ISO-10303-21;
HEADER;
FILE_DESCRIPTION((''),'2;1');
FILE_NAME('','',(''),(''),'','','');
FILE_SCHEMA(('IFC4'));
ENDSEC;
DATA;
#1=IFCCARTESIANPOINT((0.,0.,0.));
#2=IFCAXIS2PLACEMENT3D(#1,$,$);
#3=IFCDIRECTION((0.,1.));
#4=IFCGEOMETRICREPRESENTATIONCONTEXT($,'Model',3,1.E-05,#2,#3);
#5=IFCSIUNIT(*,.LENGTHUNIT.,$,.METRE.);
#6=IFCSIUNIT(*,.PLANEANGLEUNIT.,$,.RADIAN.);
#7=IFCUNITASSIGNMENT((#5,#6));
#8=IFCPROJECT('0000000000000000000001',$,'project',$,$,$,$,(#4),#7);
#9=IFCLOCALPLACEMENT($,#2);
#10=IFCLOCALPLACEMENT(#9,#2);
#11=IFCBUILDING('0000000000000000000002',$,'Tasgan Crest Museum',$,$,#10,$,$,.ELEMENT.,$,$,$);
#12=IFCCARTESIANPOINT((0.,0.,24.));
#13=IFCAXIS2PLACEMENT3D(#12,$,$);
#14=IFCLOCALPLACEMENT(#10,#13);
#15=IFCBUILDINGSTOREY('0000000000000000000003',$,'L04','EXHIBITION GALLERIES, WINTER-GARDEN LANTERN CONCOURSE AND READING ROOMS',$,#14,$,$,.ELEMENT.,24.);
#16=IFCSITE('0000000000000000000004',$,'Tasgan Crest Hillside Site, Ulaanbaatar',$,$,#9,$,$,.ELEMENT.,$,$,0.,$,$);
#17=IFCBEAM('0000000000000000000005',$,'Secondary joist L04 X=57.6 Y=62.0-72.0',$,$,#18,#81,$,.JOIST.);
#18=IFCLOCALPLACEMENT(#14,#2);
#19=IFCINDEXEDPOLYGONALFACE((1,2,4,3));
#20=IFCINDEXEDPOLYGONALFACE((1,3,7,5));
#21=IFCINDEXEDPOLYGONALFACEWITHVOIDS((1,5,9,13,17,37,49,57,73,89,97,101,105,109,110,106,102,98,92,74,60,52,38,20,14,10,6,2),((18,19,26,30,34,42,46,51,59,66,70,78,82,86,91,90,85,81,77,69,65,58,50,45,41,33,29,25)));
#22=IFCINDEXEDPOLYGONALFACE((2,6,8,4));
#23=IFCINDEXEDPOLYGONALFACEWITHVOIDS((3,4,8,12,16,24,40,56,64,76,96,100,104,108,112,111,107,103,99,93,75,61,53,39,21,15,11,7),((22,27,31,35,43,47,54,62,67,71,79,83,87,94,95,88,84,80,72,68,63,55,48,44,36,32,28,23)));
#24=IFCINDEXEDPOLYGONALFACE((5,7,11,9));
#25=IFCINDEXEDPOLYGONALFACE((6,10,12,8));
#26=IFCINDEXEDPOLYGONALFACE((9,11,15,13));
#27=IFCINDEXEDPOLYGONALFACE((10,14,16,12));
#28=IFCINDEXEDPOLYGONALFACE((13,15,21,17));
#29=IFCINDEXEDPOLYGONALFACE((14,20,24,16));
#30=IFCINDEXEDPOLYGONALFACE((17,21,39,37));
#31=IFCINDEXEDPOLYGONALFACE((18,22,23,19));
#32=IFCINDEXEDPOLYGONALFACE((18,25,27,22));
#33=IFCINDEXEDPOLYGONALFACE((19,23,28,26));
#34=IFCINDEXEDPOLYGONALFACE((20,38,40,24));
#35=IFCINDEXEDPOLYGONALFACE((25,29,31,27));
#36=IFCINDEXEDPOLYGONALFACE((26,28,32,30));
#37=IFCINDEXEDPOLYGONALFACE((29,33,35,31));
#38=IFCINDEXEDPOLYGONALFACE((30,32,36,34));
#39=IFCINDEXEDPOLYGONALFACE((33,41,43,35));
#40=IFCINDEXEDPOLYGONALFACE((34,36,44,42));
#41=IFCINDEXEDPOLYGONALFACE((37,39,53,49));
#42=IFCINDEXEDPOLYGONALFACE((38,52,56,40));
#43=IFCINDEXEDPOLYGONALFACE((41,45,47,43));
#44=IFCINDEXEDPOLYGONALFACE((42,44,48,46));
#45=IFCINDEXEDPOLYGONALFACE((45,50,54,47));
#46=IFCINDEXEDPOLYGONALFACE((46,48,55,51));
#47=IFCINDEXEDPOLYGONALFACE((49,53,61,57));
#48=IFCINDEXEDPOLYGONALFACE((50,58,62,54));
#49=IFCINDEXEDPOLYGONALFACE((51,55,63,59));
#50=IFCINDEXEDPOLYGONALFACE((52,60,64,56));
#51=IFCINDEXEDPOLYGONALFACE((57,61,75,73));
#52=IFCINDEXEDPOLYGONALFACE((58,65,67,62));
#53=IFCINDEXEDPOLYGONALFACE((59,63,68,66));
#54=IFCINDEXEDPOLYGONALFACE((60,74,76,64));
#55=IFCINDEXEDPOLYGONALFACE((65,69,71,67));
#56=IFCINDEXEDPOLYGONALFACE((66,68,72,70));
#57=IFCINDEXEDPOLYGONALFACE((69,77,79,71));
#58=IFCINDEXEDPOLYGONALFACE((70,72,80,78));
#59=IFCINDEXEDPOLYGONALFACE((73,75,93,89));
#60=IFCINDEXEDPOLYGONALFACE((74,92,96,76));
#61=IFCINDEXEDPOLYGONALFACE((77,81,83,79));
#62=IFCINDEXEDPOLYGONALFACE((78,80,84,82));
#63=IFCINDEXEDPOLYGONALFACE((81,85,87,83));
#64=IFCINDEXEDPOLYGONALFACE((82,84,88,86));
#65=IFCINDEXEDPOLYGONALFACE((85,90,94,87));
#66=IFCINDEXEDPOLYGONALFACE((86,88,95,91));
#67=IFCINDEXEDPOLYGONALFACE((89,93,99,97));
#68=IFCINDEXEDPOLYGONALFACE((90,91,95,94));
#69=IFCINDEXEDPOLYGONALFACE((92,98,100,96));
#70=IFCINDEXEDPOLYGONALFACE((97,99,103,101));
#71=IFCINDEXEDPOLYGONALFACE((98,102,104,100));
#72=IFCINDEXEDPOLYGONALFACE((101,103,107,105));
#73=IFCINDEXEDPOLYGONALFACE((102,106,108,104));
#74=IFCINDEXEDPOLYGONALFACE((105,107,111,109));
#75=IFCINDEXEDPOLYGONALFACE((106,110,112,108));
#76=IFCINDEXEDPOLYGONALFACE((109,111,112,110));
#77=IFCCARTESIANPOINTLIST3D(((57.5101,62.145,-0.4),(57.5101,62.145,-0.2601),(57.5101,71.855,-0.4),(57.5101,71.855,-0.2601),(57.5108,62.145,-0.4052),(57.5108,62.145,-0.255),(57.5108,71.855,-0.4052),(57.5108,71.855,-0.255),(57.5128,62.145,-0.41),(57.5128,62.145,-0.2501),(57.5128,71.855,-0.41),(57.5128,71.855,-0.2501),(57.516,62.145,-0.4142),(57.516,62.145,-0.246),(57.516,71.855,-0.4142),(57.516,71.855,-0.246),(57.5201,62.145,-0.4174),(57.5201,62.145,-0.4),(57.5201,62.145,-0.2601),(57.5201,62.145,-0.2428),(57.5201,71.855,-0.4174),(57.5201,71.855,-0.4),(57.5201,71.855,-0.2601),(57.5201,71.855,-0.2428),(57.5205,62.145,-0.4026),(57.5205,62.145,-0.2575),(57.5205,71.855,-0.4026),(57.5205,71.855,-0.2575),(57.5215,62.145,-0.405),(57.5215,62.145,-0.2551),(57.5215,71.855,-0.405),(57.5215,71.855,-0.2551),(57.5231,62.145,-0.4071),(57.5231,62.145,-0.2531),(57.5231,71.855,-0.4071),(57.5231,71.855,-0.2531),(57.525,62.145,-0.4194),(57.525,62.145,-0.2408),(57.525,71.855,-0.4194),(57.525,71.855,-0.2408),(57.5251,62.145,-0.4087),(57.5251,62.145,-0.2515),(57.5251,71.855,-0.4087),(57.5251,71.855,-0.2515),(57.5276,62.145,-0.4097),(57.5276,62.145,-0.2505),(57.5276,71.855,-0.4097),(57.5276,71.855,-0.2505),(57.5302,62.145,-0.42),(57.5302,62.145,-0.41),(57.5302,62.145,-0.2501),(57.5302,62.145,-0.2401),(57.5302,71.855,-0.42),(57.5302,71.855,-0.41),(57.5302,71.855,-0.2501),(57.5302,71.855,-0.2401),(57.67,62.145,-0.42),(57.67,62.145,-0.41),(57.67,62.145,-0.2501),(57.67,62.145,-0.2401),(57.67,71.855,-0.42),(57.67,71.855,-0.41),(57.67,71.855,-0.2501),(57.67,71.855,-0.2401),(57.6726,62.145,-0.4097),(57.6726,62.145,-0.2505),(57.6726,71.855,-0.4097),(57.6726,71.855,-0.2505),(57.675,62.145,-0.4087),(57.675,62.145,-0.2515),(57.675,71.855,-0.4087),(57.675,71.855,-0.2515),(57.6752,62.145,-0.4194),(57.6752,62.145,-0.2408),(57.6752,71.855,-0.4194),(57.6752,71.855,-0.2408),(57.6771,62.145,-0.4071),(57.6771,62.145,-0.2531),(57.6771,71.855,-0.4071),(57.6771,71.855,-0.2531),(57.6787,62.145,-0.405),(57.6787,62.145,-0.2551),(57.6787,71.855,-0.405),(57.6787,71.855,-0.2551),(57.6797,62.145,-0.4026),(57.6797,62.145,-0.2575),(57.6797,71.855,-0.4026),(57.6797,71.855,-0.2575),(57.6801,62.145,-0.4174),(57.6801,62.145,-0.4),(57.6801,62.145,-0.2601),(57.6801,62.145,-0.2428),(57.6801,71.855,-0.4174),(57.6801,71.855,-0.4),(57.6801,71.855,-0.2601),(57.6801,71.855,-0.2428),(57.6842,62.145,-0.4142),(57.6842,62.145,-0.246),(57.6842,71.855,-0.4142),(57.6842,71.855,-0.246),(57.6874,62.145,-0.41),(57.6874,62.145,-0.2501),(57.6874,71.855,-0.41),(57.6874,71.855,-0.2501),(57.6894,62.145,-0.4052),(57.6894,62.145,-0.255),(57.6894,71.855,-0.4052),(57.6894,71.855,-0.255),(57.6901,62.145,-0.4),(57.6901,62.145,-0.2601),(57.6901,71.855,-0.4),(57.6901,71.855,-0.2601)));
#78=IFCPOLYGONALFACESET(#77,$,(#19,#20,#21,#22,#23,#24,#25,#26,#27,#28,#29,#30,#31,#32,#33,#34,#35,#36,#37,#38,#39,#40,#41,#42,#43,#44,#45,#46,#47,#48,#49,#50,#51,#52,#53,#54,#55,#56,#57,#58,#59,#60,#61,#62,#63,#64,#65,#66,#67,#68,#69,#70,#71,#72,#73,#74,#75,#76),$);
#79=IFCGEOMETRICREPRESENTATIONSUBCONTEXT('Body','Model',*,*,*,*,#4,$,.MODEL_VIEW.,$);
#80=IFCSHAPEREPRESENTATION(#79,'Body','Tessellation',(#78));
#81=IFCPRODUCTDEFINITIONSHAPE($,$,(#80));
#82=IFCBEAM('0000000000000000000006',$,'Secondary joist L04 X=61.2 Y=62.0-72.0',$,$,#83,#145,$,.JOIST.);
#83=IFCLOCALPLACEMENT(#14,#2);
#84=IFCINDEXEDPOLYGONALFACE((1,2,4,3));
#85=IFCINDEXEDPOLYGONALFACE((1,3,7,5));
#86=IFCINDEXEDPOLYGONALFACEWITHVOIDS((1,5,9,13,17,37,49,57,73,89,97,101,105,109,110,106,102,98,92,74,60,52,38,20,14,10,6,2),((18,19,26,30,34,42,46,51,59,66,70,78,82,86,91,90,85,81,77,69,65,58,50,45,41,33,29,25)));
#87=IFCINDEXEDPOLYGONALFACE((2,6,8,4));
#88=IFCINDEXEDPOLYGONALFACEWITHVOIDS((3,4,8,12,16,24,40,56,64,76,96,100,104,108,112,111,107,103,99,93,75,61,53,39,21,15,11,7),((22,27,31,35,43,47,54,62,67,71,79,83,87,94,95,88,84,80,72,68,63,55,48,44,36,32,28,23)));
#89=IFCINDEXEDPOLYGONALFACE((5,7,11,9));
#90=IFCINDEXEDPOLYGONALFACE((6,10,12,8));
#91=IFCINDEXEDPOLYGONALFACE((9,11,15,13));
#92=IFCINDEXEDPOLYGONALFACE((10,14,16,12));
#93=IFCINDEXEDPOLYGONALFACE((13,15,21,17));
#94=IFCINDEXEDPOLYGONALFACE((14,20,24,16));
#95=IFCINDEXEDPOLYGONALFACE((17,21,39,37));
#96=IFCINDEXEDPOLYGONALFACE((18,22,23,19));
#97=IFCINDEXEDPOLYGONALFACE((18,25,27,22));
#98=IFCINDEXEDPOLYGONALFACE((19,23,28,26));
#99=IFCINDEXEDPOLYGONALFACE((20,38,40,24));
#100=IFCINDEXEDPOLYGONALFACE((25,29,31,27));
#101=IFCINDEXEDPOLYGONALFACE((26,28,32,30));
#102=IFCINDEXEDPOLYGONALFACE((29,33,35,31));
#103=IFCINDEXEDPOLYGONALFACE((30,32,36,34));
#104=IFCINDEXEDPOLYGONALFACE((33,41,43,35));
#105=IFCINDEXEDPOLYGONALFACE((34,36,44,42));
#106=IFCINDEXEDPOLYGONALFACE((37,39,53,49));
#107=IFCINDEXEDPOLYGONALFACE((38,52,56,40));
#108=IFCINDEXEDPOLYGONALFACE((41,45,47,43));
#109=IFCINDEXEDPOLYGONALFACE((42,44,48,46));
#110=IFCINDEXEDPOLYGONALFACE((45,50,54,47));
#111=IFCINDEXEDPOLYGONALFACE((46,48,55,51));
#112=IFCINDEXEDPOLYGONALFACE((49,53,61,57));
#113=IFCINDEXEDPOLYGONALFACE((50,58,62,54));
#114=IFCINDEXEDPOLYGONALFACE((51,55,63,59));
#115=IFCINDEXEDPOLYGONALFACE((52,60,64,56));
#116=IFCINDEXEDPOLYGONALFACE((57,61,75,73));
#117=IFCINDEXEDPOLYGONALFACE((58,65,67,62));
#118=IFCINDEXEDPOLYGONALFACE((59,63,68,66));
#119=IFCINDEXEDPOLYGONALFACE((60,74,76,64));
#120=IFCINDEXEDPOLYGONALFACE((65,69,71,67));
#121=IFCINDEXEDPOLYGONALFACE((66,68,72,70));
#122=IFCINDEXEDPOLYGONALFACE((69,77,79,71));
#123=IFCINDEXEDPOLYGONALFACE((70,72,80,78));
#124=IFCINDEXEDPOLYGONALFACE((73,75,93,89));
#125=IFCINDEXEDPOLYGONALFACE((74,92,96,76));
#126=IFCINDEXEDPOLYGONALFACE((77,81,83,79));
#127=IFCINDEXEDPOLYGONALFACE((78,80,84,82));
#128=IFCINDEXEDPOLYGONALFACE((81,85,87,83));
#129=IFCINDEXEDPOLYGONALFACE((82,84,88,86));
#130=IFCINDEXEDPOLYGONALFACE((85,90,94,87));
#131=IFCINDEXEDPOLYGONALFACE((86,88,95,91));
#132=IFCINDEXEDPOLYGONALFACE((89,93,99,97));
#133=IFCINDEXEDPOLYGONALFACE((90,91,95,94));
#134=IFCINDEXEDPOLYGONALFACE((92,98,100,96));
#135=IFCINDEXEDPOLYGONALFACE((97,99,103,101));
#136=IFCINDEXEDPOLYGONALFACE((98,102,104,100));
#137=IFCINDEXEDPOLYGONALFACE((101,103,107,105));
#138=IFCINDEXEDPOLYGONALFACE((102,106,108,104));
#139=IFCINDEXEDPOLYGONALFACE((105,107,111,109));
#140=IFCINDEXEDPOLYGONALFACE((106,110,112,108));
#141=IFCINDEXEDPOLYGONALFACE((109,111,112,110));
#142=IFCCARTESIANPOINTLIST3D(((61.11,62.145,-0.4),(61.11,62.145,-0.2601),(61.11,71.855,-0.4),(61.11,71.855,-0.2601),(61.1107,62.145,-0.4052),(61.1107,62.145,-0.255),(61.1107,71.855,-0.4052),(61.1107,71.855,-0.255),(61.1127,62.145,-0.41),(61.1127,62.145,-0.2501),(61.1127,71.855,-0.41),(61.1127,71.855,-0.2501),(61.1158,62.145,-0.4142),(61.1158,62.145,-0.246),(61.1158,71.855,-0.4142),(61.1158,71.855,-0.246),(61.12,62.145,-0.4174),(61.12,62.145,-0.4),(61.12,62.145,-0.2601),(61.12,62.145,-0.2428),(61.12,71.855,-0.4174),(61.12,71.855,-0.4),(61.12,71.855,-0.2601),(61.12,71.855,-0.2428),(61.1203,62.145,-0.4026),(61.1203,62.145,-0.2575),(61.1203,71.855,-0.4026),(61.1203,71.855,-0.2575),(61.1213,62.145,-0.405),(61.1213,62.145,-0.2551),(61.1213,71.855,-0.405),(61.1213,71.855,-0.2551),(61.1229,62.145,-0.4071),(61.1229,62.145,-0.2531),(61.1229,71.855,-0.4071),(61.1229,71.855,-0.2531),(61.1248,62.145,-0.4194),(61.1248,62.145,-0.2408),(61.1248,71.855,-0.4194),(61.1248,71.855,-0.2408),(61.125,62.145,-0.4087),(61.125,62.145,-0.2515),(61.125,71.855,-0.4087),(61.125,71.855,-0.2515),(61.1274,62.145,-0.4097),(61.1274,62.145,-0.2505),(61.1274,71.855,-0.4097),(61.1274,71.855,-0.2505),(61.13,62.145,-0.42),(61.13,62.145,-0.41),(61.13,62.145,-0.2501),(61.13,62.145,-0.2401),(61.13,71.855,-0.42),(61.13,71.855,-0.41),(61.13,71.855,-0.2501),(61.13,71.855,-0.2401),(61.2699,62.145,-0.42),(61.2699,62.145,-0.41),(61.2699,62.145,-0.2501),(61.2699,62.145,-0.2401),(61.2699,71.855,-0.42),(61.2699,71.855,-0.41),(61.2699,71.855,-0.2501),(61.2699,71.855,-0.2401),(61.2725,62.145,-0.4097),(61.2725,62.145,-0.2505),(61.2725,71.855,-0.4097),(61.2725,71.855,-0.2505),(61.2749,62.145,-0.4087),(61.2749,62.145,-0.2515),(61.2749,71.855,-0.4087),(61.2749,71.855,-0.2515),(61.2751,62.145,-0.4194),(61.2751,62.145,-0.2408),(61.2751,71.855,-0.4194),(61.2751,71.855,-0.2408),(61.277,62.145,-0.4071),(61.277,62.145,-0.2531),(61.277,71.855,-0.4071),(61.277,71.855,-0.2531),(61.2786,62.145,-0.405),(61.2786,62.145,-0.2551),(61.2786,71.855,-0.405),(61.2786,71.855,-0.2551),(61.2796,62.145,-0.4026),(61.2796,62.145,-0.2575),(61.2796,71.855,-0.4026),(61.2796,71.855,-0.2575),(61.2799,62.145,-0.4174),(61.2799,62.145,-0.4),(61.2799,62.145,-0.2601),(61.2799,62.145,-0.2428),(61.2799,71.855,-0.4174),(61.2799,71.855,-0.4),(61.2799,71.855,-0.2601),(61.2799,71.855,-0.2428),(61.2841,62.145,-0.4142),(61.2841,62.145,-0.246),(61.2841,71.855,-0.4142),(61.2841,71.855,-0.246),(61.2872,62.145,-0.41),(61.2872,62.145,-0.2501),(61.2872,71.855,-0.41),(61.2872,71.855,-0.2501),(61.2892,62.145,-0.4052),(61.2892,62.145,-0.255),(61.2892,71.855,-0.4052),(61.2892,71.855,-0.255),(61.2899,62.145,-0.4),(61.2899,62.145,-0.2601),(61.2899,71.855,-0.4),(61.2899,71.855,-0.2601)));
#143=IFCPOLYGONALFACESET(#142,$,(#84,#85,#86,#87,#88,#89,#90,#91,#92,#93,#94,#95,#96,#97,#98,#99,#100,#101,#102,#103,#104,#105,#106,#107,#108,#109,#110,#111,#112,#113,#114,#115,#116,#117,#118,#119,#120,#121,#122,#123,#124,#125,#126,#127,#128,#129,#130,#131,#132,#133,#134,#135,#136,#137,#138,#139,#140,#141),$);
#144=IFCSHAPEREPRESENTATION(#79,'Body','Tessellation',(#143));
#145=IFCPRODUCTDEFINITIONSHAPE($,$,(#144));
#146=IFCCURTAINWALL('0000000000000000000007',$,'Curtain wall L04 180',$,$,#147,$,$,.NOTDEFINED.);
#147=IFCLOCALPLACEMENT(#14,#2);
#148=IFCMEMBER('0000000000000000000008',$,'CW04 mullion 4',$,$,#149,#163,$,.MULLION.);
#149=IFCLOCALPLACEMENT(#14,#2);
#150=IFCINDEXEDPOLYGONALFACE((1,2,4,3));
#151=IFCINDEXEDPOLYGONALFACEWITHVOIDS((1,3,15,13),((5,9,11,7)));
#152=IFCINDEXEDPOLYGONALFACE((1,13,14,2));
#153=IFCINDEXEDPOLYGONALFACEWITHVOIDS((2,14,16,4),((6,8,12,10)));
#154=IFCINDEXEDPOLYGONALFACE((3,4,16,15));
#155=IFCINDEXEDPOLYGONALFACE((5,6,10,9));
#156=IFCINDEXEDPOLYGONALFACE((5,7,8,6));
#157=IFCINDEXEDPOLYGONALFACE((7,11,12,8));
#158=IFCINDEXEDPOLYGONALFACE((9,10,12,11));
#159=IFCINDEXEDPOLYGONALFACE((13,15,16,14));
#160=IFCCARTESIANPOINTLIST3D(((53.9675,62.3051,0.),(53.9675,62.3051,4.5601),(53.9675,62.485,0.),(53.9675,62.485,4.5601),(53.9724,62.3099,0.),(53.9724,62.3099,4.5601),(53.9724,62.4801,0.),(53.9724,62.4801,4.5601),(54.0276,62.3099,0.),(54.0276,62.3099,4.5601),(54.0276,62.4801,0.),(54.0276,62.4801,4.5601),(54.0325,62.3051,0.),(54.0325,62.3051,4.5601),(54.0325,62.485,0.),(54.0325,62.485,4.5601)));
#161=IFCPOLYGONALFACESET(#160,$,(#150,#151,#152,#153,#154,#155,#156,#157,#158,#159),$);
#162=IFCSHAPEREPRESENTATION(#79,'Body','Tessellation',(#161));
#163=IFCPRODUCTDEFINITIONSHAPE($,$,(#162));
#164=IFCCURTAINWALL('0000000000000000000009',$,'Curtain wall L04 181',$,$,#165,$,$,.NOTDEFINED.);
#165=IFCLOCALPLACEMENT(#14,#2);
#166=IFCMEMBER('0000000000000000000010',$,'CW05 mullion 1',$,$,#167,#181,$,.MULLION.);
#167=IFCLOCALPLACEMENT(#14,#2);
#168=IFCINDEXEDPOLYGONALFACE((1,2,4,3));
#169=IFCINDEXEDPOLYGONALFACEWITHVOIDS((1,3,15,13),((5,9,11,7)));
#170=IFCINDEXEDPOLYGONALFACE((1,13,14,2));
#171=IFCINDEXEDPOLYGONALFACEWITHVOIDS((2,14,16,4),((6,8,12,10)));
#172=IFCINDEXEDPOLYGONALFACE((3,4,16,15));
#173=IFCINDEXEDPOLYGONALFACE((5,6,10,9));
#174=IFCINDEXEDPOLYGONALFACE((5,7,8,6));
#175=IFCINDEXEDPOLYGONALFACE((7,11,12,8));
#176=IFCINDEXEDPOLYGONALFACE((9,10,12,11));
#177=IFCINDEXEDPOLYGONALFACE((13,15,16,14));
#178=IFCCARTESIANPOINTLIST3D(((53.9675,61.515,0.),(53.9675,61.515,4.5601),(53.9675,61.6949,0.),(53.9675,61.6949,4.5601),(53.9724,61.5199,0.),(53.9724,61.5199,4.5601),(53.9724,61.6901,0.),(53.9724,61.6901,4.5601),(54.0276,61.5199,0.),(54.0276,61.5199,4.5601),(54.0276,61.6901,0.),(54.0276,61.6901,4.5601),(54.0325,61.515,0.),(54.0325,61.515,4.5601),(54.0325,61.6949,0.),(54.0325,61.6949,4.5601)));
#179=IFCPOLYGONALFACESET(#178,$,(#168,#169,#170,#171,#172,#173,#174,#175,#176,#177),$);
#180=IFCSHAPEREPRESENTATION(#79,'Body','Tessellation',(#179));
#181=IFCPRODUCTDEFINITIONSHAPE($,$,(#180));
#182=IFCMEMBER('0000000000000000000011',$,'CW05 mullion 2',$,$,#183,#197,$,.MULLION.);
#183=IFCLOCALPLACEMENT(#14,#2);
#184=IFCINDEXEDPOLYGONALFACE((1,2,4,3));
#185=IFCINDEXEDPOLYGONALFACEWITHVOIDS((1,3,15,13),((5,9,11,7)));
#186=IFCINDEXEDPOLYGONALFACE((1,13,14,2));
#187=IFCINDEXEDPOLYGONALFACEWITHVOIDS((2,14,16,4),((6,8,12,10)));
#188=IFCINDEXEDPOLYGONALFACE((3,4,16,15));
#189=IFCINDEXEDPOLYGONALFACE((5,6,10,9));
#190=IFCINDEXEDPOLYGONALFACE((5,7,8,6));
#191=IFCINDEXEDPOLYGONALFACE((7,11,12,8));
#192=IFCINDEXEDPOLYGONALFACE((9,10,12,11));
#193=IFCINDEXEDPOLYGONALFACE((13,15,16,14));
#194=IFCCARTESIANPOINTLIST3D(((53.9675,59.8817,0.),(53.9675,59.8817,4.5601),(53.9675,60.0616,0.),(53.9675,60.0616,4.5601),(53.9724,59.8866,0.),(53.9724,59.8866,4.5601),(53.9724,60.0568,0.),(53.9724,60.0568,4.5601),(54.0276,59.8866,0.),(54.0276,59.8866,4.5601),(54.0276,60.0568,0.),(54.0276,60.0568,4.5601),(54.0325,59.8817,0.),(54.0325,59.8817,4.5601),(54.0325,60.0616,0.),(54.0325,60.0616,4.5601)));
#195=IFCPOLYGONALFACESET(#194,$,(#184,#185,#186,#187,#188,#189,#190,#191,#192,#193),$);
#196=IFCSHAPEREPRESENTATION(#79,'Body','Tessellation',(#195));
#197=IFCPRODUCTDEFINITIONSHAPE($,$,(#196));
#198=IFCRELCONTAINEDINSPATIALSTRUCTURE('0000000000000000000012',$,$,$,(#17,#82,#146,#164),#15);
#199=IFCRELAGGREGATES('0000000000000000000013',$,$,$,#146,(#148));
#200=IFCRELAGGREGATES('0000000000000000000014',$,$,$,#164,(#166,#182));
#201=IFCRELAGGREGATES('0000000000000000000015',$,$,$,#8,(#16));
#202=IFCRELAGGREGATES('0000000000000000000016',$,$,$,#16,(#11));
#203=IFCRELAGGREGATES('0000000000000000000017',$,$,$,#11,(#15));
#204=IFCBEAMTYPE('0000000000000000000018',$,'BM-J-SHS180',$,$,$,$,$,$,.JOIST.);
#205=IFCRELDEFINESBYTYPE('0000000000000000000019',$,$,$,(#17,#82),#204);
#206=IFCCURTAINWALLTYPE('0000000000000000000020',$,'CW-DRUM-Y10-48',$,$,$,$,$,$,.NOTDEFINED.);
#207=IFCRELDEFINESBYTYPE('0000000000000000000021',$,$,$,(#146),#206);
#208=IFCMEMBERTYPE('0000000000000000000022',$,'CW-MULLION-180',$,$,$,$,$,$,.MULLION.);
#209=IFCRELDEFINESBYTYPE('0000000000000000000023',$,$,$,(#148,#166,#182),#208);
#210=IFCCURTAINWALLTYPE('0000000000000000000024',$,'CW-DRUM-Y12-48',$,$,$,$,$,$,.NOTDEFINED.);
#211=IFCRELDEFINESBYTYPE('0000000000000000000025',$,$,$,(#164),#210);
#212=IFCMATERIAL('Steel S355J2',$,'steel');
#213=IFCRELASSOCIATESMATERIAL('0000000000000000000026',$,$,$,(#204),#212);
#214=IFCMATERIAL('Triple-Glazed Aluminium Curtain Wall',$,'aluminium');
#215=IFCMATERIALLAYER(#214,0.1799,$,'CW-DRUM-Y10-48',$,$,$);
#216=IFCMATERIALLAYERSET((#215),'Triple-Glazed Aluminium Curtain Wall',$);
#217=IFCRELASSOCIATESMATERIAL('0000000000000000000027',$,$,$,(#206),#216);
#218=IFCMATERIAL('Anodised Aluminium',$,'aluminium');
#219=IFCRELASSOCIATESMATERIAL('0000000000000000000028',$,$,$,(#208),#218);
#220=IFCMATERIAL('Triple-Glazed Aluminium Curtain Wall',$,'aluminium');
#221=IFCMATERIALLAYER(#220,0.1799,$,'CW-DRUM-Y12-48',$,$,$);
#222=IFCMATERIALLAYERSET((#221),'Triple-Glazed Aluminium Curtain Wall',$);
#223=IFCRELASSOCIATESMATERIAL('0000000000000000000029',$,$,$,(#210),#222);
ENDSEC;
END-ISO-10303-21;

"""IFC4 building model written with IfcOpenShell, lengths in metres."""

from ifc_helpers import new_model, si_unit, direction, frame, origin, origin_2d, place, context, subcontext, project, spatial, hollow_rectangle, extrude, material, layer, layer_set, material_profile, profile_set, type_object, element, aggregate, save


model = new_model("IFC4")

# Units and contexts
model_context = context("Model", 3, precision=1e-05, world=origin(), true_north=direction((0.0, 1.0)))
body_context = subcontext(model_context, "Body", "Model", "MODEL_VIEW")
ifc_project = project(units=[si_unit("LENGTHUNIT", "METRE"), si_unit("PLANEANGLEUNIT", "RADIAN")], contexts=[model_context])

# Site, building, storey
site_placement = place(None, origin())
site = spatial("IfcSite", under=ifc_project, at=site_placement, Name="Tasgan Crest Hillside Site, Ulaanbaatar", CompositionType="ELEMENT", RefElevation=0.0)
building_placement = place(site_placement, origin())
building = spatial("IfcBuilding", under=site, at=building_placement, Name="Tasgan Crest Museum", CompositionType="ELEMENT")
storey_placement = place(building_placement, frame((0.0, 0.0, 24.0)))
storey = spatial("IfcBuildingStorey", under=building, at=storey_placement, Name="L04", Description="EXHIBITION GALLERIES, WINTER-GARDEN LANTERN CONCOURSE AND READING ROOMS", CompositionType="ELEMENT", Elevation=24.0)

# Beams
ifc_material_1 = material(Name="Steel S355J2", Category="steel")
ifc_material_profile_1 = material_profile(ifc_material_1, hollow_rectangle(XDim=0.1799, YDim=0.1799, WallThickness=0.01, InnerFilletRadius=0.01, OuterFilletRadius=0.02, at=origin_2d()), Name="SHS 180x180x10")
ifc_profile_set_1 = profile_set([ifc_material_profile_1], Name="Steel S355J2")
beam_type_1 = type_object("IfcBeamType", Name="BM-J-SHS180", PredefinedType="JOIST", material=ifc_profile_set_1)
for number, where, z_axis, x_axis, name in (
    (1, (57.6001, 62.145, -0.3301), (0.0, 1.0, 0.0), (-1.0, 0.0, 0.0), "Secondary joist L04 X=57.6 Y=62.0-72.0"),
    (2, (61.2, 62.145, -0.3301), (0.0, 1.0, 0.0), (-1.0, 0.0, 0.0), "Secondary joist L04 X=61.2 Y=62.0-72.0"),
):
    element("IfcBeam", number, at=place(storey_placement, frame(where, z_axis=z_axis, x_axis=x_axis)), inside=storey, type_object=beam_type_1, Name=name, PredefinedType="JOIST", context=body_context, shape_type="SweptSolid", body=[
        extrude(hollow_rectangle(XDim=0.1799, YDim=0.1799, WallThickness=0.01, InnerFilletRadius=0.01, OuterFilletRadius=0.02, at=origin_2d()), origin(), (0.0, 0.0, 1.0), 9.71),
    ])

# Curtain wall, member
ifc_material_2 = material(Name="Triple-Glazed Aluminium Curtain Wall", Category="aluminium")
ifc_layer_1 = layer(ifc_material_2, 0.1799, Name="CW-DRUM-Y10-48")
ifc_layer_set_1 = layer_set([ifc_layer_1], Name="Triple-Glazed Aluminium Curtain Wall")
curtain_wall_type_1 = type_object("IfcCurtainWallType", Name="CW-DRUM-Y10-48", PredefinedType="NOTDEFINED", material=ifc_layer_set_1)
curtain_wall_1_placement = place(storey_placement, origin())
curtain_wall_1 = element("IfcCurtainWall", 3, at=curtain_wall_1_placement, inside=storey, type_object=curtain_wall_type_1, Name="Curtain wall L04 180", PredefinedType="NOTDEFINED")
ifc_material_3 = material(Name="Anodised Aluminium", Category="aluminium")
ifc_material_profile_2 = material_profile(ifc_material_3, hollow_rectangle(XDim=0.0649, YDim=0.1799, WallThickness=0.0049, at=origin_2d()), Name="ALU MULLION 180x65x5")
ifc_profile_set_2 = profile_set([ifc_material_profile_2], Name="Anodised Aluminium")
member_type_1 = type_object("IfcMemberType", Name="CW-MULLION-180", PredefinedType="MULLION", material=ifc_profile_set_2)
member_1_placement = place(storey_placement, frame((54.0, 62.395, 0.0), z_axis=(0.0, 0.0, 1.0), x_axis=(1.0, 0.0, 0.0)))
member_1 = element("IfcMember", 4, at=member_1_placement, type_object=member_type_1, Name="CW04 mullion 4", PredefinedType="MULLION", context=body_context, shape_type="SweptSolid", body=[
    extrude(hollow_rectangle(XDim=0.0649, YDim=0.1799, WallThickness=0.0049, at=origin_2d()), origin(), (0.0, 0.0, 1.0), 4.5601),
])

# Curtain wall, members
ifc_material_4 = material(Name="Triple-Glazed Aluminium Curtain Wall", Category="aluminium")
ifc_layer_2 = layer(ifc_material_4, 0.1799, Name="CW-DRUM-Y12-48")
ifc_layer_set_2 = layer_set([ifc_layer_2], Name="Triple-Glazed Aluminium Curtain Wall")
curtain_wall_type_2 = type_object("IfcCurtainWallType", Name="CW-DRUM-Y12-48", PredefinedType="NOTDEFINED", material=ifc_layer_set_2)
curtain_wall_2_placement = place(storey_placement, origin())
curtain_wall_2 = element("IfcCurtainWall", 5, at=curtain_wall_2_placement, inside=storey, type_object=curtain_wall_type_2, Name="Curtain wall L04 181", PredefinedType="NOTDEFINED")
member_2_placement = place(storey_placement, frame((54.0, 61.605, 0.0), z_axis=(0.0, 0.0, 1.0), x_axis=(1.0, 0.0, 0.0)))
member_2 = element("IfcMember", 6, at=member_2_placement, type_object=member_type_1, Name="CW05 mullion 1", PredefinedType="MULLION", context=body_context, shape_type="SweptSolid", body=[
    extrude(hollow_rectangle(XDim=0.0649, YDim=0.1799, WallThickness=0.0049, at=origin_2d()), origin(), (0.0, 0.0, 1.0), 4.5601),
])
member_3_placement = place(storey_placement, frame((54.0, 59.9717, 0.0), z_axis=(0.0, 0.0, 1.0), x_axis=(1.0, 0.0, 0.0)))
member_3 = element("IfcMember", 7, at=member_3_placement, type_object=member_type_1, Name="CW05 mullion 2", PredefinedType="MULLION", context=body_context, shape_type="SweptSolid", body=[
    extrude(hollow_rectangle(XDim=0.0649, YDim=0.1799, WallThickness=0.0049, at=origin_2d()), origin(), (0.0, 0.0, 1.0), 4.5601),
])

aggregate(curtain_wall_1, [member_1])
aggregate(curtain_wall_2, [member_2, member_3])

save(model, "model.ifc")
